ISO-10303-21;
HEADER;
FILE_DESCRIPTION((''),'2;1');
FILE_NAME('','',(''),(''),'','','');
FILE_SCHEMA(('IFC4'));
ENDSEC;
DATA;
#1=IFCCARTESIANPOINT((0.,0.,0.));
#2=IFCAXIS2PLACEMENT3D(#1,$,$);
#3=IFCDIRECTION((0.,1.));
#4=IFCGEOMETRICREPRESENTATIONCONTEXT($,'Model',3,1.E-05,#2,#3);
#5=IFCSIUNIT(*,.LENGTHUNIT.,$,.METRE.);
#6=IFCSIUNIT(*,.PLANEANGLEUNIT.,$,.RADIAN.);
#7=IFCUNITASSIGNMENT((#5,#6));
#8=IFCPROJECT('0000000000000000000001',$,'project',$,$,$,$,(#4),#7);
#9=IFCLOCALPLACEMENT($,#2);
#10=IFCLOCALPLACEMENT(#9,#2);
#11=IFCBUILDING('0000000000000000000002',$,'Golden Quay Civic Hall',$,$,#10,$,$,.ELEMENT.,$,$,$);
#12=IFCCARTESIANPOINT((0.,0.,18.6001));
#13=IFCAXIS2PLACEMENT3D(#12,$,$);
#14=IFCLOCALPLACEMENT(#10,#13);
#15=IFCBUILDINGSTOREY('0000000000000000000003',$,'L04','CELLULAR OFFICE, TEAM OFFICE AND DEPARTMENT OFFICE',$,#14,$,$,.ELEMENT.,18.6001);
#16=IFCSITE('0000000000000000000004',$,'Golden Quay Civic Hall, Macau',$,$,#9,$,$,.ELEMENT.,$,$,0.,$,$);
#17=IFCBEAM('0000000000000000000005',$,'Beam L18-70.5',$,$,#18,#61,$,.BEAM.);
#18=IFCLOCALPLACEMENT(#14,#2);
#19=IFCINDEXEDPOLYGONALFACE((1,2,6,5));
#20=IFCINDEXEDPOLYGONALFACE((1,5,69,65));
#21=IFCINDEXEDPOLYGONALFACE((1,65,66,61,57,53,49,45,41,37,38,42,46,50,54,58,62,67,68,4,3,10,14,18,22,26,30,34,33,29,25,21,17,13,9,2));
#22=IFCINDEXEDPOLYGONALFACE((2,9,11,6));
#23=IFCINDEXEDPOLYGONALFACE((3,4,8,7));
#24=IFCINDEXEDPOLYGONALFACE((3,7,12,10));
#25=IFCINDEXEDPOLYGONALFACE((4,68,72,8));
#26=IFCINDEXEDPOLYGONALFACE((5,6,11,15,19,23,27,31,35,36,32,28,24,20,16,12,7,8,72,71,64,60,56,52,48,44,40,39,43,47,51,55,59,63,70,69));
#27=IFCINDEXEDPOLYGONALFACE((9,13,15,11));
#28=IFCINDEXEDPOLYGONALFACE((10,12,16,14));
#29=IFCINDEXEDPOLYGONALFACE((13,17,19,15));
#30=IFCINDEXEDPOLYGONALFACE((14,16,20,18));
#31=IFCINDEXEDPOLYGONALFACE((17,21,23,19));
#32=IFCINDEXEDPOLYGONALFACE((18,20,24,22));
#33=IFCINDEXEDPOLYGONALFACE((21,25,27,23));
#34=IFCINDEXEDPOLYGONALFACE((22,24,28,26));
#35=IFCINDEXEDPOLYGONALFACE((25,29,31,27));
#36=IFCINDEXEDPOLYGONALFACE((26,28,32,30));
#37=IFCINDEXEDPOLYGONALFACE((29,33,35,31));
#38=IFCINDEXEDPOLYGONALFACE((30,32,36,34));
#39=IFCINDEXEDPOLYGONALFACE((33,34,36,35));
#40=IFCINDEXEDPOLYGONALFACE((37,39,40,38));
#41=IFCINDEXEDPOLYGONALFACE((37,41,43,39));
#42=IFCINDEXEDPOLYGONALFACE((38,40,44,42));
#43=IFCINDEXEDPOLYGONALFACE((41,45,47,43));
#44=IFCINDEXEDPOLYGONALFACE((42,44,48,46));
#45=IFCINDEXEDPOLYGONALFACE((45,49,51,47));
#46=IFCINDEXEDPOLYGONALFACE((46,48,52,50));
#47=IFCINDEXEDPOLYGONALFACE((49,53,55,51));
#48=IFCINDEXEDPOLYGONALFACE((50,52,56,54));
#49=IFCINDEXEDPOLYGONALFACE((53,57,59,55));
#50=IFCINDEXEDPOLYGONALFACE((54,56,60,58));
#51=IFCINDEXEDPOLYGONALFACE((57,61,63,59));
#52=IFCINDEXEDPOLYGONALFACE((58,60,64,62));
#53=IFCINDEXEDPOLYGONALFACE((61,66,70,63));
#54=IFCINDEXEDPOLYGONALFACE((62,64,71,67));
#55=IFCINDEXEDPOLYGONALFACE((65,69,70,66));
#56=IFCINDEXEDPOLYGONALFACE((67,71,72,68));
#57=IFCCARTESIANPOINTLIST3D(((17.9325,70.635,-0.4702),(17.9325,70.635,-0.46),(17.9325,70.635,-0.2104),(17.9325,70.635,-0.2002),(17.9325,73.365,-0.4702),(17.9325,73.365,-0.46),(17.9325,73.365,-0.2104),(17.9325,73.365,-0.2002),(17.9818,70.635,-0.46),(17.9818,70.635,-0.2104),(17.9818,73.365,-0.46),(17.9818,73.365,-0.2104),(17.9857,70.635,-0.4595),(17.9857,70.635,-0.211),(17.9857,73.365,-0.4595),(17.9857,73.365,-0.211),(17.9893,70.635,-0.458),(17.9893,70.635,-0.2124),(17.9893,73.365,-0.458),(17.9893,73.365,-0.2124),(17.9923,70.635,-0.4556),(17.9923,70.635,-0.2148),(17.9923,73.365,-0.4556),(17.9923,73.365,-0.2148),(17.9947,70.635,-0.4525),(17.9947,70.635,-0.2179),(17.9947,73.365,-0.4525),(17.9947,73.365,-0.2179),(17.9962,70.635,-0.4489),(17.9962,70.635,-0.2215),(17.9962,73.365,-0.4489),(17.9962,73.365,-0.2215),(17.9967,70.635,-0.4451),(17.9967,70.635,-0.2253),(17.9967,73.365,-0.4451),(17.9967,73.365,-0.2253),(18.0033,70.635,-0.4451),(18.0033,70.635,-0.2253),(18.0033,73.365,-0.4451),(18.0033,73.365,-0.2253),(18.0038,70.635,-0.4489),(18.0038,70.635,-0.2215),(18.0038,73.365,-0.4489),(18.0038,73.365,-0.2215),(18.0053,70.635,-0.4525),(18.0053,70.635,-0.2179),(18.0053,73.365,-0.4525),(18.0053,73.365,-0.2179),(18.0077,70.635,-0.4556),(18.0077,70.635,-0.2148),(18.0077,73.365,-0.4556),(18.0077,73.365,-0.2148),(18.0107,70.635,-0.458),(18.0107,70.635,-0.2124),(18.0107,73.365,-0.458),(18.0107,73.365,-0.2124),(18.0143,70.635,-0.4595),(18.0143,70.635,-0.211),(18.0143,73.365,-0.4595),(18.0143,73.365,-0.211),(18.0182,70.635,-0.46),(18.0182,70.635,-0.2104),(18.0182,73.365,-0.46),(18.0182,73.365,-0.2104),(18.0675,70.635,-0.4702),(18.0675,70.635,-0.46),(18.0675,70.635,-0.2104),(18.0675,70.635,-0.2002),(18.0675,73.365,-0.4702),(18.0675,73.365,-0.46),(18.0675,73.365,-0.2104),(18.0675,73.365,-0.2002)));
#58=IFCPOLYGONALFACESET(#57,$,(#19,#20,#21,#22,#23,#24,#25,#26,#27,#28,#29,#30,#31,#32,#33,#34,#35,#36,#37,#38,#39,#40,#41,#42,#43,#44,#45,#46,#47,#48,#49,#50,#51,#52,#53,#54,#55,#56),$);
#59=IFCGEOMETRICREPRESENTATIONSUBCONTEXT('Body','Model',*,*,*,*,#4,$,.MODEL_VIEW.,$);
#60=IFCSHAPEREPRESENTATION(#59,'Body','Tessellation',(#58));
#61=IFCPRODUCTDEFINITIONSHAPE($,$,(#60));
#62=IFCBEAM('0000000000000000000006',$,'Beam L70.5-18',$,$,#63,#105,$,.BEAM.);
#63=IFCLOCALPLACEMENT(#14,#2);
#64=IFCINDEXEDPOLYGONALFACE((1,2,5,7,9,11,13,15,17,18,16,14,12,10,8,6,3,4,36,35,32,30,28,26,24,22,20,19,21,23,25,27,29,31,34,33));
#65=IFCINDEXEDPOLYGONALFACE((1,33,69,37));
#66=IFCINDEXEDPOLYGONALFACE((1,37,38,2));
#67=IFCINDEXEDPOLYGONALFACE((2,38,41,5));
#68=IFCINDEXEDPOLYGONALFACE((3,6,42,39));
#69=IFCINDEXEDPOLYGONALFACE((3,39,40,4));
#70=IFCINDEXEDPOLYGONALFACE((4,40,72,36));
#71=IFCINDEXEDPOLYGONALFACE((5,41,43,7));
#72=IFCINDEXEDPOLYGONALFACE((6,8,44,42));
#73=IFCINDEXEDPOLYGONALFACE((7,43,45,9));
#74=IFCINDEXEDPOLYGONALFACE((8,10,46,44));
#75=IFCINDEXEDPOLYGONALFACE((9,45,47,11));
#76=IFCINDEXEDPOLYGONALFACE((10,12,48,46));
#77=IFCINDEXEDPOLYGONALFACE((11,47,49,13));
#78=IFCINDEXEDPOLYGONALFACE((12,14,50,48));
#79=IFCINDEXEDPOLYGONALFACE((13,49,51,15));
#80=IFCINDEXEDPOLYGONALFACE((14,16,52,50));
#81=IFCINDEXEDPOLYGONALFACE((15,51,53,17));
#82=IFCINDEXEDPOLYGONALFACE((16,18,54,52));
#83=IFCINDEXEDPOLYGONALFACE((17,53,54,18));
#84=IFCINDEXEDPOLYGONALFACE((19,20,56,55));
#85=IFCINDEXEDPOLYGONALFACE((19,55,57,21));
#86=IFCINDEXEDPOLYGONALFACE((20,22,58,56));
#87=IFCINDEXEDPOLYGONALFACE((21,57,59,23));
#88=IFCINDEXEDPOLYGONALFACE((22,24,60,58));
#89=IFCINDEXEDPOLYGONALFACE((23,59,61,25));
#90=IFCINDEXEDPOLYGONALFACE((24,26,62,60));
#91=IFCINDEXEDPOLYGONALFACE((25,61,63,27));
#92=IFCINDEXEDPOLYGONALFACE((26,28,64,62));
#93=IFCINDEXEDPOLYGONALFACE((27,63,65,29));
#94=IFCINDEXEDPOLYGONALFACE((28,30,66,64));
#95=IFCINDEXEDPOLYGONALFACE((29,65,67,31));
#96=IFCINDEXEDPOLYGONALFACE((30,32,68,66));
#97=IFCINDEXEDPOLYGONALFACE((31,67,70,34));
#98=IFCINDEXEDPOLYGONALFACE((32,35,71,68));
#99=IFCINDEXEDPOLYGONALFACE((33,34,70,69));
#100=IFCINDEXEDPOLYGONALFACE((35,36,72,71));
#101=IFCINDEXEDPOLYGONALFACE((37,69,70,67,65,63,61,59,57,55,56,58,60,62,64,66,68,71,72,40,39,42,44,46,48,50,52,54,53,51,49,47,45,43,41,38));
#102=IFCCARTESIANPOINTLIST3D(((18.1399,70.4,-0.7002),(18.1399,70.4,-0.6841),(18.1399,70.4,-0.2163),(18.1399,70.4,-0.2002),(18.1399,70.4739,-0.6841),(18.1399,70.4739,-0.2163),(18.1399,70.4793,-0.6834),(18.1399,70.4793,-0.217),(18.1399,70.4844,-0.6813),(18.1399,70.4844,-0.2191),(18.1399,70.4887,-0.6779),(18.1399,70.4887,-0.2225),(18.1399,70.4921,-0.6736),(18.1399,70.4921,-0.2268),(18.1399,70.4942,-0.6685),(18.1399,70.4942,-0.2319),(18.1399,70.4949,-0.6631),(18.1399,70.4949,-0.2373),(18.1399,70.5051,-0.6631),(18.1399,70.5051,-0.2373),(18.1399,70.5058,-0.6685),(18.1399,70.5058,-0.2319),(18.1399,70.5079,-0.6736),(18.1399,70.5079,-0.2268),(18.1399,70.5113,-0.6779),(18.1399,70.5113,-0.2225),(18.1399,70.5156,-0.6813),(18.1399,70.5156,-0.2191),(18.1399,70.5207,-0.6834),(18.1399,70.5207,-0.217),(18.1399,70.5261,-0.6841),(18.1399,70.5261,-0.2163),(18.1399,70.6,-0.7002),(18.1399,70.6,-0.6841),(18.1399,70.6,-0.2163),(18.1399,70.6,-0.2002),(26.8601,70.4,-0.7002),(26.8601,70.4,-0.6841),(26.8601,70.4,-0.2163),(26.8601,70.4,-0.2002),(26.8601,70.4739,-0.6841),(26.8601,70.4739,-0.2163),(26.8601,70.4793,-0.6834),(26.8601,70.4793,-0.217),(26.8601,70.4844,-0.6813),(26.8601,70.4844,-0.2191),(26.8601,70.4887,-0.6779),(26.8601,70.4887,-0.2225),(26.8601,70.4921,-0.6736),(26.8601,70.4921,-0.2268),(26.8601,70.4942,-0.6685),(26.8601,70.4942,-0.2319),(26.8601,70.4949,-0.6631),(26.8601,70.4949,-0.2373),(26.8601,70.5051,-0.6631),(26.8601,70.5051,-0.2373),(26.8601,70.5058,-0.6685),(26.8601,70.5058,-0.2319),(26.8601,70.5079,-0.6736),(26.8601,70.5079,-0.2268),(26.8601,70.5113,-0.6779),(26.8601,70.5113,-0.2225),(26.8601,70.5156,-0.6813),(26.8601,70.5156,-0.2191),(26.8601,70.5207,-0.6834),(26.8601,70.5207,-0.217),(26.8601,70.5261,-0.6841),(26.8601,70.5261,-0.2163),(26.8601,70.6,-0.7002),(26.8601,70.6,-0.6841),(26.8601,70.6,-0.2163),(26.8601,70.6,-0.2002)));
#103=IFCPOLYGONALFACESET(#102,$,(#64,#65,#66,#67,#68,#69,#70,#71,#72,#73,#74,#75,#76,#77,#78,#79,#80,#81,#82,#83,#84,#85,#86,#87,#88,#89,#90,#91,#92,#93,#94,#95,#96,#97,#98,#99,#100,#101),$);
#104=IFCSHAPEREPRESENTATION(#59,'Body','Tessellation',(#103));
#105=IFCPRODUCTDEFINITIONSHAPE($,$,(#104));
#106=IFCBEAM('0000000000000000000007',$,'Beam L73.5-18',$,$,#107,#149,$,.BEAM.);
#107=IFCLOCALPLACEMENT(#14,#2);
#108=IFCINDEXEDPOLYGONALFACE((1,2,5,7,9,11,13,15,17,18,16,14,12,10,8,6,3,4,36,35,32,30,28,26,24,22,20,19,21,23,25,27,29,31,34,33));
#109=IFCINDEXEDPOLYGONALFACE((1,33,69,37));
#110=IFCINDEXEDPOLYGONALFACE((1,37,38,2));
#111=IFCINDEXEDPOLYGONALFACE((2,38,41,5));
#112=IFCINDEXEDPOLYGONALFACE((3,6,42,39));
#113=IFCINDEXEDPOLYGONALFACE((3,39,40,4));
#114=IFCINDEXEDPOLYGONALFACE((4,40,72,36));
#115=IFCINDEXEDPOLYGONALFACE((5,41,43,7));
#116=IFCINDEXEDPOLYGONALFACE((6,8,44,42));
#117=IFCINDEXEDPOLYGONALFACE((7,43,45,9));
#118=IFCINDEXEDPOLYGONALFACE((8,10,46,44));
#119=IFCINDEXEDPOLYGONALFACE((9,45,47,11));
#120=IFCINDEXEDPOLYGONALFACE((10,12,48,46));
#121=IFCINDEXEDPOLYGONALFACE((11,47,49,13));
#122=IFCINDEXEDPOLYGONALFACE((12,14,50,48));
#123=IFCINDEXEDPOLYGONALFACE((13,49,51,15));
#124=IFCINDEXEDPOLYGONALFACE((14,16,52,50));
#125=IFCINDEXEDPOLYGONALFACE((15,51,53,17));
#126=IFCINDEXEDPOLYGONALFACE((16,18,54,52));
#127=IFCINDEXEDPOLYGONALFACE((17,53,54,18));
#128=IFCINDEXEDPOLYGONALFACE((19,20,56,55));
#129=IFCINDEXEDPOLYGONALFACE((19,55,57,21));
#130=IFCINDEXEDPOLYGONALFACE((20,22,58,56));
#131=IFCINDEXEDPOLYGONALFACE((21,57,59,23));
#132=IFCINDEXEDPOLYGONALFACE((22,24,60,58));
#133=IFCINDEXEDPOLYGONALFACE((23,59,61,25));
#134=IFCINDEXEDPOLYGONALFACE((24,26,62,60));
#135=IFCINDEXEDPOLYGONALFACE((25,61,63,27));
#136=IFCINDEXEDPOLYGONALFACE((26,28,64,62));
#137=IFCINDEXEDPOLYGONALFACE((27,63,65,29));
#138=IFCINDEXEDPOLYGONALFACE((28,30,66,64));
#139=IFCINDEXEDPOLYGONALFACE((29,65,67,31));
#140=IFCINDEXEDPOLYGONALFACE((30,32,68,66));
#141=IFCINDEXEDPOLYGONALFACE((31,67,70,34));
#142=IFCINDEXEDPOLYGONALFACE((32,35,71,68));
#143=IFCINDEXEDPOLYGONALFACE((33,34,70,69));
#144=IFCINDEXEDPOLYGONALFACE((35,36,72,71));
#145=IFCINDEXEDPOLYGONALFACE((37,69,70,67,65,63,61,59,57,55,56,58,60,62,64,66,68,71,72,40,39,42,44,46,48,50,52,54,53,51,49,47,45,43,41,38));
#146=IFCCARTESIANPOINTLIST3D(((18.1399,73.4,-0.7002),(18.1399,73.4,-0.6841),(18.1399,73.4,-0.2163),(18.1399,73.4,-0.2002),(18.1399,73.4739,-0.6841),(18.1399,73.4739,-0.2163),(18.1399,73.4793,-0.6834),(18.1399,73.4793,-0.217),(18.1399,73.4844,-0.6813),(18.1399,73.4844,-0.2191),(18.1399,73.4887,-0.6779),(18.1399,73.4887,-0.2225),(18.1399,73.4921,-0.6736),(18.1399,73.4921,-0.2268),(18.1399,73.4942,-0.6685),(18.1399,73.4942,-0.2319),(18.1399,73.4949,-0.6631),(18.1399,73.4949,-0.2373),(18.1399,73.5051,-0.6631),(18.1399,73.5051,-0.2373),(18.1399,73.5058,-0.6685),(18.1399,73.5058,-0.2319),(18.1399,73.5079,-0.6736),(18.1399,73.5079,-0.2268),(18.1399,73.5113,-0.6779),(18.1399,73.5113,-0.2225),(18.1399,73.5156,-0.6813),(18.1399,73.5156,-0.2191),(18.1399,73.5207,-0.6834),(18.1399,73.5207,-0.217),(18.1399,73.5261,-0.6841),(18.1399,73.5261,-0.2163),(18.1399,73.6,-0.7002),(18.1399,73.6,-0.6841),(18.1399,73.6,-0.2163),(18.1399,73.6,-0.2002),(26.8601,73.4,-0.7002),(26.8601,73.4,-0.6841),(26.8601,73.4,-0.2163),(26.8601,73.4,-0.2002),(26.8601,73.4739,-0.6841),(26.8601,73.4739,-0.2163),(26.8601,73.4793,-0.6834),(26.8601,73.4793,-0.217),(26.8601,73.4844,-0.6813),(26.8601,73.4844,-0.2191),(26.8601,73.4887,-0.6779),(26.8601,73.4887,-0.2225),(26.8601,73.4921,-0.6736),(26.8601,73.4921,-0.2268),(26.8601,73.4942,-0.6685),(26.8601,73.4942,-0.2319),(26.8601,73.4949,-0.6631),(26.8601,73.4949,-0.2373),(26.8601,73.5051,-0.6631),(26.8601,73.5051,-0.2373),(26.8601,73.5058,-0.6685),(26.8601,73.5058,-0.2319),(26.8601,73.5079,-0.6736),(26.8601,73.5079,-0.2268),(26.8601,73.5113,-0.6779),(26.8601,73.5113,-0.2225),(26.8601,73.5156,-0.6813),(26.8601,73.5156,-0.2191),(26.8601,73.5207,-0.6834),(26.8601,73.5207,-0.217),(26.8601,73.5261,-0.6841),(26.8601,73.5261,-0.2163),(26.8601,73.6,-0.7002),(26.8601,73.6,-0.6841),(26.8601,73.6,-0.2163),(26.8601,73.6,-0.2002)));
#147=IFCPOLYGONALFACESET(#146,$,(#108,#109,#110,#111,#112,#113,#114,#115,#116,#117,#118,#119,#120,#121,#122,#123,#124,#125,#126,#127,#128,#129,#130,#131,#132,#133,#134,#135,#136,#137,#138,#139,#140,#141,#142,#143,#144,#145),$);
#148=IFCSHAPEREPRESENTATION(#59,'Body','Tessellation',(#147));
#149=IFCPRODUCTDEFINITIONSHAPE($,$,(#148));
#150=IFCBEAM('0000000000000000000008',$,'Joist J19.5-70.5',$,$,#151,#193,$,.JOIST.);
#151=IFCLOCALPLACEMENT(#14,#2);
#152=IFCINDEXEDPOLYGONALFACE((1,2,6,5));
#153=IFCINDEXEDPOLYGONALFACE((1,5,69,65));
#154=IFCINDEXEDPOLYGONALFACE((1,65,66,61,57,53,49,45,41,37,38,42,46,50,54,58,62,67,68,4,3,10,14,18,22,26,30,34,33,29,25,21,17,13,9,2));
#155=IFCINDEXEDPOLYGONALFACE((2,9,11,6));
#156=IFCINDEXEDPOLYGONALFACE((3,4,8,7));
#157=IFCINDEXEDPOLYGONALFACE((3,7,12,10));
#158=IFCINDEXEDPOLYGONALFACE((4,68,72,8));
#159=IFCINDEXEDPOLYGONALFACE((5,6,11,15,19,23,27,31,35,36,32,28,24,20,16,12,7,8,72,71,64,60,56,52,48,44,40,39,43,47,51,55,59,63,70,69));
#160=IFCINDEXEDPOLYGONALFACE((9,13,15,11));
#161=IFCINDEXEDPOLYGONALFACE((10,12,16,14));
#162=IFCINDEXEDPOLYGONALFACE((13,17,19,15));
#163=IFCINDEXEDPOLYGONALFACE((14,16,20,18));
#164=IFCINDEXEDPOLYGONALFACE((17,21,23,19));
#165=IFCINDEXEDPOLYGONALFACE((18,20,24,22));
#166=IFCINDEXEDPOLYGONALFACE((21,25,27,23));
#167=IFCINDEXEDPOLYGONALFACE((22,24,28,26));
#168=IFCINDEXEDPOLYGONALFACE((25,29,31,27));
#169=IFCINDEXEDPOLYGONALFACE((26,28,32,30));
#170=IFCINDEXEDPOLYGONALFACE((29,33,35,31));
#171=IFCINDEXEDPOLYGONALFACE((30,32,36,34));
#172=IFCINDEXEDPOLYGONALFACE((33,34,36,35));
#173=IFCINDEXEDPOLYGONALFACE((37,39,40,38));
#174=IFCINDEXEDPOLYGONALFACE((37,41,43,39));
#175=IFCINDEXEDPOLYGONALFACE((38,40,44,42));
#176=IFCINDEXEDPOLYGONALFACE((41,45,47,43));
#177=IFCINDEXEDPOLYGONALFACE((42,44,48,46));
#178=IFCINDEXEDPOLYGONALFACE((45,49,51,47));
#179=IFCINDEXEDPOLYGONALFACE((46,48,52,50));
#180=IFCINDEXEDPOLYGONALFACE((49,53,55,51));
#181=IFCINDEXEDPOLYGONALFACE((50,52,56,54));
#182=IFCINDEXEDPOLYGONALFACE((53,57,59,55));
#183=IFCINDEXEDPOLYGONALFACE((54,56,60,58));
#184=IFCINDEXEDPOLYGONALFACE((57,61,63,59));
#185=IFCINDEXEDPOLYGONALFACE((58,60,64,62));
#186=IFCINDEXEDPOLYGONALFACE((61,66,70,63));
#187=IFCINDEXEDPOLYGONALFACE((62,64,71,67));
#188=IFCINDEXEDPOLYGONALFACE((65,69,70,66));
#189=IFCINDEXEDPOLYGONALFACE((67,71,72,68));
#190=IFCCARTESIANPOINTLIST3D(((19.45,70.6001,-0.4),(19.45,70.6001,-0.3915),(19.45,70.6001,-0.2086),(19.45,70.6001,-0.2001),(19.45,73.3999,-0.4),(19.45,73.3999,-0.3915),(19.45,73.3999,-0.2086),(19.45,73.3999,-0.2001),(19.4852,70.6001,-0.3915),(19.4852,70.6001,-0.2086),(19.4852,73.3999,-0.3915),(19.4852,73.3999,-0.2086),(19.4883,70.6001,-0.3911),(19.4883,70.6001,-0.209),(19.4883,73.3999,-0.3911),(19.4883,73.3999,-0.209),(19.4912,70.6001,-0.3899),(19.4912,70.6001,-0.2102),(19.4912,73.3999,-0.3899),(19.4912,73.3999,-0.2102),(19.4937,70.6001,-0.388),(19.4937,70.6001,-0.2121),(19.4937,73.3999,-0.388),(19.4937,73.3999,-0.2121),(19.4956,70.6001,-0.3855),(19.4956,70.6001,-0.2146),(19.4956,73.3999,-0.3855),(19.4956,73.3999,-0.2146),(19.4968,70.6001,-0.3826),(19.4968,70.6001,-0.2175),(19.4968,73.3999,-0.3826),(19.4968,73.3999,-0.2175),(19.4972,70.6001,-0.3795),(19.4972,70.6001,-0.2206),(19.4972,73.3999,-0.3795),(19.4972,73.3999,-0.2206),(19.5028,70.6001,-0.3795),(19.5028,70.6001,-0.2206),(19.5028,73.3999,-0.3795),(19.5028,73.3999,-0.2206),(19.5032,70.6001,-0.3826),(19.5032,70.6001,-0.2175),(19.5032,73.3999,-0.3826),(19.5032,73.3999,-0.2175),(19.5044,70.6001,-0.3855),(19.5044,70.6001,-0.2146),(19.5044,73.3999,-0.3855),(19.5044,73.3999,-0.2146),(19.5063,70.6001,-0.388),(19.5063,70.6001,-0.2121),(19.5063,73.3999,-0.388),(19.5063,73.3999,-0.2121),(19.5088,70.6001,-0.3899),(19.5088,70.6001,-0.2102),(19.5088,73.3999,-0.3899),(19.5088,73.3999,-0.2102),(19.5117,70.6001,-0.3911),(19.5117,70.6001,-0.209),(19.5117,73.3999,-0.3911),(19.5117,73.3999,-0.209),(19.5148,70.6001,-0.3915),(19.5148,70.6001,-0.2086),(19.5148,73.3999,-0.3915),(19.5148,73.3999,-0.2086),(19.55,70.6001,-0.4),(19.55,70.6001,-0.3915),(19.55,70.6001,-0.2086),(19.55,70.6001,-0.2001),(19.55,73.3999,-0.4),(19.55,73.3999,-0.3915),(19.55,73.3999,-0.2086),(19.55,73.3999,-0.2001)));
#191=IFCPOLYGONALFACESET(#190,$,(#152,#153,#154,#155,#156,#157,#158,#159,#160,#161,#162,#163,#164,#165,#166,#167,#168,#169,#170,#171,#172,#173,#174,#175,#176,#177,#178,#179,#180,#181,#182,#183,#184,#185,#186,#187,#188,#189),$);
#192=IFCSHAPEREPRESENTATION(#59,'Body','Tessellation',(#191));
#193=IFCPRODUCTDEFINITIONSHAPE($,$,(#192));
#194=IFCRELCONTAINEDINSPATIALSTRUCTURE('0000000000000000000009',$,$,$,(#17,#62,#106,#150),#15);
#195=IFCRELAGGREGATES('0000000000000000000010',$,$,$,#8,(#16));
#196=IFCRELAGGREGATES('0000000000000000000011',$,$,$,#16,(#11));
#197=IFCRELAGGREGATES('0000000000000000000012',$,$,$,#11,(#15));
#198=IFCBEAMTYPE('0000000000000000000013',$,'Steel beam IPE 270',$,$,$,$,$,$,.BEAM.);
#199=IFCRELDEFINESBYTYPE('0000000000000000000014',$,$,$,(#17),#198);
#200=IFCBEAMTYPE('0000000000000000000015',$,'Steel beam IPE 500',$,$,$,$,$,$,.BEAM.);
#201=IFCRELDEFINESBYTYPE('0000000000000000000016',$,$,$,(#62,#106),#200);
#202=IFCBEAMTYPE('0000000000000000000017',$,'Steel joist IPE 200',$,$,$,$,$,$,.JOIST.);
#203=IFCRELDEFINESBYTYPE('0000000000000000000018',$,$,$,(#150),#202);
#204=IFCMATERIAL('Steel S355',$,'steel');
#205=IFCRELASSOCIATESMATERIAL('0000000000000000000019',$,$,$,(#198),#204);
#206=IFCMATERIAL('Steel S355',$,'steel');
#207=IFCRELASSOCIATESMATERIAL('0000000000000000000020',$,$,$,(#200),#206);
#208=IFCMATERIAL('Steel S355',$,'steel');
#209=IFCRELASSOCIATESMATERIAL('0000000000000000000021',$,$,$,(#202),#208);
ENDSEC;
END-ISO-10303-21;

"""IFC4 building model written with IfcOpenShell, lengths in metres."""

from ifc_helpers import new_model, si_unit, direction, frame, origin, origin_2d, place, context, subcontext, project, spatial, i_section, extrude, material, material_profile, profile_set, type_object, element, save


model = new_model("IFC4")

# Units and contexts
model_context = context("Model", 3, precision=1e-05, world=origin(), true_north=direction((0.0, 1.0)))
body_context = subcontext(model_context, "Body", "Model", "MODEL_VIEW")
ifc_project = project(units=[si_unit("LENGTHUNIT", "METRE"), si_unit("PLANEANGLEUNIT", "RADIAN")], contexts=[model_context])

# Site, building, storey
site_placement = place(None, origin())
site = spatial("IfcSite", under=ifc_project, at=site_placement, Name="Golden Quay Civic Hall, Macau", CompositionType="ELEMENT", RefElevation=0.0)
building_placement = place(site_placement, origin())
building = spatial("IfcBuilding", under=site, at=building_placement, Name="Golden Quay Civic Hall", CompositionType="ELEMENT")
storey_placement = place(building_placement, frame((0.0, 0.0, 18.6001)))
storey = spatial("IfcBuildingStorey", under=building, at=storey_placement, Name="L04", Description="CELLULAR OFFICE, TEAM OFFICE AND DEPARTMENT OFFICE", CompositionType="ELEMENT", Elevation=18.6001)

# Beams
ifc_material_1 = material(Name="Steel S355", Category="steel")
ifc_material_profile_1 = material_profile(ifc_material_1, i_section(OverallWidth=0.135, OverallDepth=0.27, WebThickness=0.0066, FlangeThickness=0.0103, FilletRadius=0.0149, at=origin_2d()), Name="IPE 270")
ifc_profile_set_1 = profile_set([ifc_material_profile_1], Name="Steel S355")
beam_type_1 = type_object("IfcBeamType", Name="Steel beam IPE 270", PredefinedType="BEAM", material=ifc_profile_set_1)
beam_1_placement = place(storey_placement, frame((18.0, 70.635, -0.3352), z_axis=(0.0, 1.0, 0.0), x_axis=(-1.0, 0.0, 0.0)))
element("IfcBeam", 1, at=beam_1_placement, inside=storey, type_object=beam_type_1, Name="Beam L18-70.5", PredefinedType="BEAM", context=body_context, shape_type="SweptSolid", body=[
    extrude(i_section(OverallWidth=0.135, OverallDepth=0.27, WebThickness=0.0066, FlangeThickness=0.0103, FilletRadius=0.0149, at=origin_2d()), origin(), (0.0, 0.0, 1.0), 2.73),
])
ifc_material_2 = material(Name="Steel S355", Category="steel")
ifc_material_profile_2 = material_profile(ifc_material_2, i_section(OverallWidth=0.2, OverallDepth=0.5, WebThickness=0.0103, FlangeThickness=0.0161, FilletRadius=0.021, at=origin_2d()), Name="IPE 500")
ifc_profile_set_2 = profile_set([ifc_material_profile_2], Name="Steel S355")
beam_type_2 = type_object("IfcBeamType", Name="Steel beam IPE 500", PredefinedType="BEAM", material=ifc_profile_set_2)
for number, where, z_axis, x_axis, name in (
    (2, (18.1399, 70.5, -0.4502), (1.0, 0.0, 0.0), (0.0, 1.0, 0.0), "Beam L70.5-18"),
    (3, (18.1399, 73.5, -0.4502), (1.0, 0.0, 0.0), (0.0, 1.0, 0.0), "Beam L73.5-18"),
):
    element("IfcBeam", number, at=place(storey_placement, frame(where, z_axis=z_axis, x_axis=x_axis)), inside=storey, type_object=beam_type_2, Name=name, PredefinedType="BEAM", context=body_context, shape_type="SweptSolid", body=[
        extrude(i_section(OverallWidth=0.2, OverallDepth=0.5, WebThickness=0.0103, FlangeThickness=0.0161, FilletRadius=0.021, at=origin_2d()), origin(), (0.0, 0.0, 1.0), 8.7202),
    ])
ifc_material_3 = material(Name="Steel S355", Category="steel")
ifc_material_profile_3 = material_profile(ifc_material_3, i_section(OverallWidth=0.1001, OverallDepth=0.2, WebThickness=0.0056, FlangeThickness=0.0085, FilletRadius=0.012, at=origin_2d()), Name="IPE 200")
ifc_profile_set_3 = profile_set([ifc_material_profile_3], Name="Steel S355")
beam_type_3 = type_object("IfcBeamType", Name="Steel joist IPE 200", PredefinedType="JOIST", material=ifc_profile_set_3)
for number, where, z_axis, x_axis, name in (
    (4, (19.5, 70.6001, -0.3), (0.0, 1.0, 0.0), (-1.0, 0.0, 0.0), "Joist J19.5-70.5"),
):
    element("IfcBeam", number, at=place(storey_placement, frame(where, z_axis=z_axis, x_axis=x_axis)), inside=storey, type_object=beam_type_3, Name=name, PredefinedType="JOIST", context=body_context, shape_type="SweptSolid", body=[
        extrude(i_section(OverallWidth=0.1001, OverallDepth=0.2, WebThickness=0.0056, FlangeThickness=0.0085, FilletRadius=0.012, at=origin_2d()), origin(), (0.0, 0.0, 1.0), 2.7998),
    ])

save(model, "model.ifc")
